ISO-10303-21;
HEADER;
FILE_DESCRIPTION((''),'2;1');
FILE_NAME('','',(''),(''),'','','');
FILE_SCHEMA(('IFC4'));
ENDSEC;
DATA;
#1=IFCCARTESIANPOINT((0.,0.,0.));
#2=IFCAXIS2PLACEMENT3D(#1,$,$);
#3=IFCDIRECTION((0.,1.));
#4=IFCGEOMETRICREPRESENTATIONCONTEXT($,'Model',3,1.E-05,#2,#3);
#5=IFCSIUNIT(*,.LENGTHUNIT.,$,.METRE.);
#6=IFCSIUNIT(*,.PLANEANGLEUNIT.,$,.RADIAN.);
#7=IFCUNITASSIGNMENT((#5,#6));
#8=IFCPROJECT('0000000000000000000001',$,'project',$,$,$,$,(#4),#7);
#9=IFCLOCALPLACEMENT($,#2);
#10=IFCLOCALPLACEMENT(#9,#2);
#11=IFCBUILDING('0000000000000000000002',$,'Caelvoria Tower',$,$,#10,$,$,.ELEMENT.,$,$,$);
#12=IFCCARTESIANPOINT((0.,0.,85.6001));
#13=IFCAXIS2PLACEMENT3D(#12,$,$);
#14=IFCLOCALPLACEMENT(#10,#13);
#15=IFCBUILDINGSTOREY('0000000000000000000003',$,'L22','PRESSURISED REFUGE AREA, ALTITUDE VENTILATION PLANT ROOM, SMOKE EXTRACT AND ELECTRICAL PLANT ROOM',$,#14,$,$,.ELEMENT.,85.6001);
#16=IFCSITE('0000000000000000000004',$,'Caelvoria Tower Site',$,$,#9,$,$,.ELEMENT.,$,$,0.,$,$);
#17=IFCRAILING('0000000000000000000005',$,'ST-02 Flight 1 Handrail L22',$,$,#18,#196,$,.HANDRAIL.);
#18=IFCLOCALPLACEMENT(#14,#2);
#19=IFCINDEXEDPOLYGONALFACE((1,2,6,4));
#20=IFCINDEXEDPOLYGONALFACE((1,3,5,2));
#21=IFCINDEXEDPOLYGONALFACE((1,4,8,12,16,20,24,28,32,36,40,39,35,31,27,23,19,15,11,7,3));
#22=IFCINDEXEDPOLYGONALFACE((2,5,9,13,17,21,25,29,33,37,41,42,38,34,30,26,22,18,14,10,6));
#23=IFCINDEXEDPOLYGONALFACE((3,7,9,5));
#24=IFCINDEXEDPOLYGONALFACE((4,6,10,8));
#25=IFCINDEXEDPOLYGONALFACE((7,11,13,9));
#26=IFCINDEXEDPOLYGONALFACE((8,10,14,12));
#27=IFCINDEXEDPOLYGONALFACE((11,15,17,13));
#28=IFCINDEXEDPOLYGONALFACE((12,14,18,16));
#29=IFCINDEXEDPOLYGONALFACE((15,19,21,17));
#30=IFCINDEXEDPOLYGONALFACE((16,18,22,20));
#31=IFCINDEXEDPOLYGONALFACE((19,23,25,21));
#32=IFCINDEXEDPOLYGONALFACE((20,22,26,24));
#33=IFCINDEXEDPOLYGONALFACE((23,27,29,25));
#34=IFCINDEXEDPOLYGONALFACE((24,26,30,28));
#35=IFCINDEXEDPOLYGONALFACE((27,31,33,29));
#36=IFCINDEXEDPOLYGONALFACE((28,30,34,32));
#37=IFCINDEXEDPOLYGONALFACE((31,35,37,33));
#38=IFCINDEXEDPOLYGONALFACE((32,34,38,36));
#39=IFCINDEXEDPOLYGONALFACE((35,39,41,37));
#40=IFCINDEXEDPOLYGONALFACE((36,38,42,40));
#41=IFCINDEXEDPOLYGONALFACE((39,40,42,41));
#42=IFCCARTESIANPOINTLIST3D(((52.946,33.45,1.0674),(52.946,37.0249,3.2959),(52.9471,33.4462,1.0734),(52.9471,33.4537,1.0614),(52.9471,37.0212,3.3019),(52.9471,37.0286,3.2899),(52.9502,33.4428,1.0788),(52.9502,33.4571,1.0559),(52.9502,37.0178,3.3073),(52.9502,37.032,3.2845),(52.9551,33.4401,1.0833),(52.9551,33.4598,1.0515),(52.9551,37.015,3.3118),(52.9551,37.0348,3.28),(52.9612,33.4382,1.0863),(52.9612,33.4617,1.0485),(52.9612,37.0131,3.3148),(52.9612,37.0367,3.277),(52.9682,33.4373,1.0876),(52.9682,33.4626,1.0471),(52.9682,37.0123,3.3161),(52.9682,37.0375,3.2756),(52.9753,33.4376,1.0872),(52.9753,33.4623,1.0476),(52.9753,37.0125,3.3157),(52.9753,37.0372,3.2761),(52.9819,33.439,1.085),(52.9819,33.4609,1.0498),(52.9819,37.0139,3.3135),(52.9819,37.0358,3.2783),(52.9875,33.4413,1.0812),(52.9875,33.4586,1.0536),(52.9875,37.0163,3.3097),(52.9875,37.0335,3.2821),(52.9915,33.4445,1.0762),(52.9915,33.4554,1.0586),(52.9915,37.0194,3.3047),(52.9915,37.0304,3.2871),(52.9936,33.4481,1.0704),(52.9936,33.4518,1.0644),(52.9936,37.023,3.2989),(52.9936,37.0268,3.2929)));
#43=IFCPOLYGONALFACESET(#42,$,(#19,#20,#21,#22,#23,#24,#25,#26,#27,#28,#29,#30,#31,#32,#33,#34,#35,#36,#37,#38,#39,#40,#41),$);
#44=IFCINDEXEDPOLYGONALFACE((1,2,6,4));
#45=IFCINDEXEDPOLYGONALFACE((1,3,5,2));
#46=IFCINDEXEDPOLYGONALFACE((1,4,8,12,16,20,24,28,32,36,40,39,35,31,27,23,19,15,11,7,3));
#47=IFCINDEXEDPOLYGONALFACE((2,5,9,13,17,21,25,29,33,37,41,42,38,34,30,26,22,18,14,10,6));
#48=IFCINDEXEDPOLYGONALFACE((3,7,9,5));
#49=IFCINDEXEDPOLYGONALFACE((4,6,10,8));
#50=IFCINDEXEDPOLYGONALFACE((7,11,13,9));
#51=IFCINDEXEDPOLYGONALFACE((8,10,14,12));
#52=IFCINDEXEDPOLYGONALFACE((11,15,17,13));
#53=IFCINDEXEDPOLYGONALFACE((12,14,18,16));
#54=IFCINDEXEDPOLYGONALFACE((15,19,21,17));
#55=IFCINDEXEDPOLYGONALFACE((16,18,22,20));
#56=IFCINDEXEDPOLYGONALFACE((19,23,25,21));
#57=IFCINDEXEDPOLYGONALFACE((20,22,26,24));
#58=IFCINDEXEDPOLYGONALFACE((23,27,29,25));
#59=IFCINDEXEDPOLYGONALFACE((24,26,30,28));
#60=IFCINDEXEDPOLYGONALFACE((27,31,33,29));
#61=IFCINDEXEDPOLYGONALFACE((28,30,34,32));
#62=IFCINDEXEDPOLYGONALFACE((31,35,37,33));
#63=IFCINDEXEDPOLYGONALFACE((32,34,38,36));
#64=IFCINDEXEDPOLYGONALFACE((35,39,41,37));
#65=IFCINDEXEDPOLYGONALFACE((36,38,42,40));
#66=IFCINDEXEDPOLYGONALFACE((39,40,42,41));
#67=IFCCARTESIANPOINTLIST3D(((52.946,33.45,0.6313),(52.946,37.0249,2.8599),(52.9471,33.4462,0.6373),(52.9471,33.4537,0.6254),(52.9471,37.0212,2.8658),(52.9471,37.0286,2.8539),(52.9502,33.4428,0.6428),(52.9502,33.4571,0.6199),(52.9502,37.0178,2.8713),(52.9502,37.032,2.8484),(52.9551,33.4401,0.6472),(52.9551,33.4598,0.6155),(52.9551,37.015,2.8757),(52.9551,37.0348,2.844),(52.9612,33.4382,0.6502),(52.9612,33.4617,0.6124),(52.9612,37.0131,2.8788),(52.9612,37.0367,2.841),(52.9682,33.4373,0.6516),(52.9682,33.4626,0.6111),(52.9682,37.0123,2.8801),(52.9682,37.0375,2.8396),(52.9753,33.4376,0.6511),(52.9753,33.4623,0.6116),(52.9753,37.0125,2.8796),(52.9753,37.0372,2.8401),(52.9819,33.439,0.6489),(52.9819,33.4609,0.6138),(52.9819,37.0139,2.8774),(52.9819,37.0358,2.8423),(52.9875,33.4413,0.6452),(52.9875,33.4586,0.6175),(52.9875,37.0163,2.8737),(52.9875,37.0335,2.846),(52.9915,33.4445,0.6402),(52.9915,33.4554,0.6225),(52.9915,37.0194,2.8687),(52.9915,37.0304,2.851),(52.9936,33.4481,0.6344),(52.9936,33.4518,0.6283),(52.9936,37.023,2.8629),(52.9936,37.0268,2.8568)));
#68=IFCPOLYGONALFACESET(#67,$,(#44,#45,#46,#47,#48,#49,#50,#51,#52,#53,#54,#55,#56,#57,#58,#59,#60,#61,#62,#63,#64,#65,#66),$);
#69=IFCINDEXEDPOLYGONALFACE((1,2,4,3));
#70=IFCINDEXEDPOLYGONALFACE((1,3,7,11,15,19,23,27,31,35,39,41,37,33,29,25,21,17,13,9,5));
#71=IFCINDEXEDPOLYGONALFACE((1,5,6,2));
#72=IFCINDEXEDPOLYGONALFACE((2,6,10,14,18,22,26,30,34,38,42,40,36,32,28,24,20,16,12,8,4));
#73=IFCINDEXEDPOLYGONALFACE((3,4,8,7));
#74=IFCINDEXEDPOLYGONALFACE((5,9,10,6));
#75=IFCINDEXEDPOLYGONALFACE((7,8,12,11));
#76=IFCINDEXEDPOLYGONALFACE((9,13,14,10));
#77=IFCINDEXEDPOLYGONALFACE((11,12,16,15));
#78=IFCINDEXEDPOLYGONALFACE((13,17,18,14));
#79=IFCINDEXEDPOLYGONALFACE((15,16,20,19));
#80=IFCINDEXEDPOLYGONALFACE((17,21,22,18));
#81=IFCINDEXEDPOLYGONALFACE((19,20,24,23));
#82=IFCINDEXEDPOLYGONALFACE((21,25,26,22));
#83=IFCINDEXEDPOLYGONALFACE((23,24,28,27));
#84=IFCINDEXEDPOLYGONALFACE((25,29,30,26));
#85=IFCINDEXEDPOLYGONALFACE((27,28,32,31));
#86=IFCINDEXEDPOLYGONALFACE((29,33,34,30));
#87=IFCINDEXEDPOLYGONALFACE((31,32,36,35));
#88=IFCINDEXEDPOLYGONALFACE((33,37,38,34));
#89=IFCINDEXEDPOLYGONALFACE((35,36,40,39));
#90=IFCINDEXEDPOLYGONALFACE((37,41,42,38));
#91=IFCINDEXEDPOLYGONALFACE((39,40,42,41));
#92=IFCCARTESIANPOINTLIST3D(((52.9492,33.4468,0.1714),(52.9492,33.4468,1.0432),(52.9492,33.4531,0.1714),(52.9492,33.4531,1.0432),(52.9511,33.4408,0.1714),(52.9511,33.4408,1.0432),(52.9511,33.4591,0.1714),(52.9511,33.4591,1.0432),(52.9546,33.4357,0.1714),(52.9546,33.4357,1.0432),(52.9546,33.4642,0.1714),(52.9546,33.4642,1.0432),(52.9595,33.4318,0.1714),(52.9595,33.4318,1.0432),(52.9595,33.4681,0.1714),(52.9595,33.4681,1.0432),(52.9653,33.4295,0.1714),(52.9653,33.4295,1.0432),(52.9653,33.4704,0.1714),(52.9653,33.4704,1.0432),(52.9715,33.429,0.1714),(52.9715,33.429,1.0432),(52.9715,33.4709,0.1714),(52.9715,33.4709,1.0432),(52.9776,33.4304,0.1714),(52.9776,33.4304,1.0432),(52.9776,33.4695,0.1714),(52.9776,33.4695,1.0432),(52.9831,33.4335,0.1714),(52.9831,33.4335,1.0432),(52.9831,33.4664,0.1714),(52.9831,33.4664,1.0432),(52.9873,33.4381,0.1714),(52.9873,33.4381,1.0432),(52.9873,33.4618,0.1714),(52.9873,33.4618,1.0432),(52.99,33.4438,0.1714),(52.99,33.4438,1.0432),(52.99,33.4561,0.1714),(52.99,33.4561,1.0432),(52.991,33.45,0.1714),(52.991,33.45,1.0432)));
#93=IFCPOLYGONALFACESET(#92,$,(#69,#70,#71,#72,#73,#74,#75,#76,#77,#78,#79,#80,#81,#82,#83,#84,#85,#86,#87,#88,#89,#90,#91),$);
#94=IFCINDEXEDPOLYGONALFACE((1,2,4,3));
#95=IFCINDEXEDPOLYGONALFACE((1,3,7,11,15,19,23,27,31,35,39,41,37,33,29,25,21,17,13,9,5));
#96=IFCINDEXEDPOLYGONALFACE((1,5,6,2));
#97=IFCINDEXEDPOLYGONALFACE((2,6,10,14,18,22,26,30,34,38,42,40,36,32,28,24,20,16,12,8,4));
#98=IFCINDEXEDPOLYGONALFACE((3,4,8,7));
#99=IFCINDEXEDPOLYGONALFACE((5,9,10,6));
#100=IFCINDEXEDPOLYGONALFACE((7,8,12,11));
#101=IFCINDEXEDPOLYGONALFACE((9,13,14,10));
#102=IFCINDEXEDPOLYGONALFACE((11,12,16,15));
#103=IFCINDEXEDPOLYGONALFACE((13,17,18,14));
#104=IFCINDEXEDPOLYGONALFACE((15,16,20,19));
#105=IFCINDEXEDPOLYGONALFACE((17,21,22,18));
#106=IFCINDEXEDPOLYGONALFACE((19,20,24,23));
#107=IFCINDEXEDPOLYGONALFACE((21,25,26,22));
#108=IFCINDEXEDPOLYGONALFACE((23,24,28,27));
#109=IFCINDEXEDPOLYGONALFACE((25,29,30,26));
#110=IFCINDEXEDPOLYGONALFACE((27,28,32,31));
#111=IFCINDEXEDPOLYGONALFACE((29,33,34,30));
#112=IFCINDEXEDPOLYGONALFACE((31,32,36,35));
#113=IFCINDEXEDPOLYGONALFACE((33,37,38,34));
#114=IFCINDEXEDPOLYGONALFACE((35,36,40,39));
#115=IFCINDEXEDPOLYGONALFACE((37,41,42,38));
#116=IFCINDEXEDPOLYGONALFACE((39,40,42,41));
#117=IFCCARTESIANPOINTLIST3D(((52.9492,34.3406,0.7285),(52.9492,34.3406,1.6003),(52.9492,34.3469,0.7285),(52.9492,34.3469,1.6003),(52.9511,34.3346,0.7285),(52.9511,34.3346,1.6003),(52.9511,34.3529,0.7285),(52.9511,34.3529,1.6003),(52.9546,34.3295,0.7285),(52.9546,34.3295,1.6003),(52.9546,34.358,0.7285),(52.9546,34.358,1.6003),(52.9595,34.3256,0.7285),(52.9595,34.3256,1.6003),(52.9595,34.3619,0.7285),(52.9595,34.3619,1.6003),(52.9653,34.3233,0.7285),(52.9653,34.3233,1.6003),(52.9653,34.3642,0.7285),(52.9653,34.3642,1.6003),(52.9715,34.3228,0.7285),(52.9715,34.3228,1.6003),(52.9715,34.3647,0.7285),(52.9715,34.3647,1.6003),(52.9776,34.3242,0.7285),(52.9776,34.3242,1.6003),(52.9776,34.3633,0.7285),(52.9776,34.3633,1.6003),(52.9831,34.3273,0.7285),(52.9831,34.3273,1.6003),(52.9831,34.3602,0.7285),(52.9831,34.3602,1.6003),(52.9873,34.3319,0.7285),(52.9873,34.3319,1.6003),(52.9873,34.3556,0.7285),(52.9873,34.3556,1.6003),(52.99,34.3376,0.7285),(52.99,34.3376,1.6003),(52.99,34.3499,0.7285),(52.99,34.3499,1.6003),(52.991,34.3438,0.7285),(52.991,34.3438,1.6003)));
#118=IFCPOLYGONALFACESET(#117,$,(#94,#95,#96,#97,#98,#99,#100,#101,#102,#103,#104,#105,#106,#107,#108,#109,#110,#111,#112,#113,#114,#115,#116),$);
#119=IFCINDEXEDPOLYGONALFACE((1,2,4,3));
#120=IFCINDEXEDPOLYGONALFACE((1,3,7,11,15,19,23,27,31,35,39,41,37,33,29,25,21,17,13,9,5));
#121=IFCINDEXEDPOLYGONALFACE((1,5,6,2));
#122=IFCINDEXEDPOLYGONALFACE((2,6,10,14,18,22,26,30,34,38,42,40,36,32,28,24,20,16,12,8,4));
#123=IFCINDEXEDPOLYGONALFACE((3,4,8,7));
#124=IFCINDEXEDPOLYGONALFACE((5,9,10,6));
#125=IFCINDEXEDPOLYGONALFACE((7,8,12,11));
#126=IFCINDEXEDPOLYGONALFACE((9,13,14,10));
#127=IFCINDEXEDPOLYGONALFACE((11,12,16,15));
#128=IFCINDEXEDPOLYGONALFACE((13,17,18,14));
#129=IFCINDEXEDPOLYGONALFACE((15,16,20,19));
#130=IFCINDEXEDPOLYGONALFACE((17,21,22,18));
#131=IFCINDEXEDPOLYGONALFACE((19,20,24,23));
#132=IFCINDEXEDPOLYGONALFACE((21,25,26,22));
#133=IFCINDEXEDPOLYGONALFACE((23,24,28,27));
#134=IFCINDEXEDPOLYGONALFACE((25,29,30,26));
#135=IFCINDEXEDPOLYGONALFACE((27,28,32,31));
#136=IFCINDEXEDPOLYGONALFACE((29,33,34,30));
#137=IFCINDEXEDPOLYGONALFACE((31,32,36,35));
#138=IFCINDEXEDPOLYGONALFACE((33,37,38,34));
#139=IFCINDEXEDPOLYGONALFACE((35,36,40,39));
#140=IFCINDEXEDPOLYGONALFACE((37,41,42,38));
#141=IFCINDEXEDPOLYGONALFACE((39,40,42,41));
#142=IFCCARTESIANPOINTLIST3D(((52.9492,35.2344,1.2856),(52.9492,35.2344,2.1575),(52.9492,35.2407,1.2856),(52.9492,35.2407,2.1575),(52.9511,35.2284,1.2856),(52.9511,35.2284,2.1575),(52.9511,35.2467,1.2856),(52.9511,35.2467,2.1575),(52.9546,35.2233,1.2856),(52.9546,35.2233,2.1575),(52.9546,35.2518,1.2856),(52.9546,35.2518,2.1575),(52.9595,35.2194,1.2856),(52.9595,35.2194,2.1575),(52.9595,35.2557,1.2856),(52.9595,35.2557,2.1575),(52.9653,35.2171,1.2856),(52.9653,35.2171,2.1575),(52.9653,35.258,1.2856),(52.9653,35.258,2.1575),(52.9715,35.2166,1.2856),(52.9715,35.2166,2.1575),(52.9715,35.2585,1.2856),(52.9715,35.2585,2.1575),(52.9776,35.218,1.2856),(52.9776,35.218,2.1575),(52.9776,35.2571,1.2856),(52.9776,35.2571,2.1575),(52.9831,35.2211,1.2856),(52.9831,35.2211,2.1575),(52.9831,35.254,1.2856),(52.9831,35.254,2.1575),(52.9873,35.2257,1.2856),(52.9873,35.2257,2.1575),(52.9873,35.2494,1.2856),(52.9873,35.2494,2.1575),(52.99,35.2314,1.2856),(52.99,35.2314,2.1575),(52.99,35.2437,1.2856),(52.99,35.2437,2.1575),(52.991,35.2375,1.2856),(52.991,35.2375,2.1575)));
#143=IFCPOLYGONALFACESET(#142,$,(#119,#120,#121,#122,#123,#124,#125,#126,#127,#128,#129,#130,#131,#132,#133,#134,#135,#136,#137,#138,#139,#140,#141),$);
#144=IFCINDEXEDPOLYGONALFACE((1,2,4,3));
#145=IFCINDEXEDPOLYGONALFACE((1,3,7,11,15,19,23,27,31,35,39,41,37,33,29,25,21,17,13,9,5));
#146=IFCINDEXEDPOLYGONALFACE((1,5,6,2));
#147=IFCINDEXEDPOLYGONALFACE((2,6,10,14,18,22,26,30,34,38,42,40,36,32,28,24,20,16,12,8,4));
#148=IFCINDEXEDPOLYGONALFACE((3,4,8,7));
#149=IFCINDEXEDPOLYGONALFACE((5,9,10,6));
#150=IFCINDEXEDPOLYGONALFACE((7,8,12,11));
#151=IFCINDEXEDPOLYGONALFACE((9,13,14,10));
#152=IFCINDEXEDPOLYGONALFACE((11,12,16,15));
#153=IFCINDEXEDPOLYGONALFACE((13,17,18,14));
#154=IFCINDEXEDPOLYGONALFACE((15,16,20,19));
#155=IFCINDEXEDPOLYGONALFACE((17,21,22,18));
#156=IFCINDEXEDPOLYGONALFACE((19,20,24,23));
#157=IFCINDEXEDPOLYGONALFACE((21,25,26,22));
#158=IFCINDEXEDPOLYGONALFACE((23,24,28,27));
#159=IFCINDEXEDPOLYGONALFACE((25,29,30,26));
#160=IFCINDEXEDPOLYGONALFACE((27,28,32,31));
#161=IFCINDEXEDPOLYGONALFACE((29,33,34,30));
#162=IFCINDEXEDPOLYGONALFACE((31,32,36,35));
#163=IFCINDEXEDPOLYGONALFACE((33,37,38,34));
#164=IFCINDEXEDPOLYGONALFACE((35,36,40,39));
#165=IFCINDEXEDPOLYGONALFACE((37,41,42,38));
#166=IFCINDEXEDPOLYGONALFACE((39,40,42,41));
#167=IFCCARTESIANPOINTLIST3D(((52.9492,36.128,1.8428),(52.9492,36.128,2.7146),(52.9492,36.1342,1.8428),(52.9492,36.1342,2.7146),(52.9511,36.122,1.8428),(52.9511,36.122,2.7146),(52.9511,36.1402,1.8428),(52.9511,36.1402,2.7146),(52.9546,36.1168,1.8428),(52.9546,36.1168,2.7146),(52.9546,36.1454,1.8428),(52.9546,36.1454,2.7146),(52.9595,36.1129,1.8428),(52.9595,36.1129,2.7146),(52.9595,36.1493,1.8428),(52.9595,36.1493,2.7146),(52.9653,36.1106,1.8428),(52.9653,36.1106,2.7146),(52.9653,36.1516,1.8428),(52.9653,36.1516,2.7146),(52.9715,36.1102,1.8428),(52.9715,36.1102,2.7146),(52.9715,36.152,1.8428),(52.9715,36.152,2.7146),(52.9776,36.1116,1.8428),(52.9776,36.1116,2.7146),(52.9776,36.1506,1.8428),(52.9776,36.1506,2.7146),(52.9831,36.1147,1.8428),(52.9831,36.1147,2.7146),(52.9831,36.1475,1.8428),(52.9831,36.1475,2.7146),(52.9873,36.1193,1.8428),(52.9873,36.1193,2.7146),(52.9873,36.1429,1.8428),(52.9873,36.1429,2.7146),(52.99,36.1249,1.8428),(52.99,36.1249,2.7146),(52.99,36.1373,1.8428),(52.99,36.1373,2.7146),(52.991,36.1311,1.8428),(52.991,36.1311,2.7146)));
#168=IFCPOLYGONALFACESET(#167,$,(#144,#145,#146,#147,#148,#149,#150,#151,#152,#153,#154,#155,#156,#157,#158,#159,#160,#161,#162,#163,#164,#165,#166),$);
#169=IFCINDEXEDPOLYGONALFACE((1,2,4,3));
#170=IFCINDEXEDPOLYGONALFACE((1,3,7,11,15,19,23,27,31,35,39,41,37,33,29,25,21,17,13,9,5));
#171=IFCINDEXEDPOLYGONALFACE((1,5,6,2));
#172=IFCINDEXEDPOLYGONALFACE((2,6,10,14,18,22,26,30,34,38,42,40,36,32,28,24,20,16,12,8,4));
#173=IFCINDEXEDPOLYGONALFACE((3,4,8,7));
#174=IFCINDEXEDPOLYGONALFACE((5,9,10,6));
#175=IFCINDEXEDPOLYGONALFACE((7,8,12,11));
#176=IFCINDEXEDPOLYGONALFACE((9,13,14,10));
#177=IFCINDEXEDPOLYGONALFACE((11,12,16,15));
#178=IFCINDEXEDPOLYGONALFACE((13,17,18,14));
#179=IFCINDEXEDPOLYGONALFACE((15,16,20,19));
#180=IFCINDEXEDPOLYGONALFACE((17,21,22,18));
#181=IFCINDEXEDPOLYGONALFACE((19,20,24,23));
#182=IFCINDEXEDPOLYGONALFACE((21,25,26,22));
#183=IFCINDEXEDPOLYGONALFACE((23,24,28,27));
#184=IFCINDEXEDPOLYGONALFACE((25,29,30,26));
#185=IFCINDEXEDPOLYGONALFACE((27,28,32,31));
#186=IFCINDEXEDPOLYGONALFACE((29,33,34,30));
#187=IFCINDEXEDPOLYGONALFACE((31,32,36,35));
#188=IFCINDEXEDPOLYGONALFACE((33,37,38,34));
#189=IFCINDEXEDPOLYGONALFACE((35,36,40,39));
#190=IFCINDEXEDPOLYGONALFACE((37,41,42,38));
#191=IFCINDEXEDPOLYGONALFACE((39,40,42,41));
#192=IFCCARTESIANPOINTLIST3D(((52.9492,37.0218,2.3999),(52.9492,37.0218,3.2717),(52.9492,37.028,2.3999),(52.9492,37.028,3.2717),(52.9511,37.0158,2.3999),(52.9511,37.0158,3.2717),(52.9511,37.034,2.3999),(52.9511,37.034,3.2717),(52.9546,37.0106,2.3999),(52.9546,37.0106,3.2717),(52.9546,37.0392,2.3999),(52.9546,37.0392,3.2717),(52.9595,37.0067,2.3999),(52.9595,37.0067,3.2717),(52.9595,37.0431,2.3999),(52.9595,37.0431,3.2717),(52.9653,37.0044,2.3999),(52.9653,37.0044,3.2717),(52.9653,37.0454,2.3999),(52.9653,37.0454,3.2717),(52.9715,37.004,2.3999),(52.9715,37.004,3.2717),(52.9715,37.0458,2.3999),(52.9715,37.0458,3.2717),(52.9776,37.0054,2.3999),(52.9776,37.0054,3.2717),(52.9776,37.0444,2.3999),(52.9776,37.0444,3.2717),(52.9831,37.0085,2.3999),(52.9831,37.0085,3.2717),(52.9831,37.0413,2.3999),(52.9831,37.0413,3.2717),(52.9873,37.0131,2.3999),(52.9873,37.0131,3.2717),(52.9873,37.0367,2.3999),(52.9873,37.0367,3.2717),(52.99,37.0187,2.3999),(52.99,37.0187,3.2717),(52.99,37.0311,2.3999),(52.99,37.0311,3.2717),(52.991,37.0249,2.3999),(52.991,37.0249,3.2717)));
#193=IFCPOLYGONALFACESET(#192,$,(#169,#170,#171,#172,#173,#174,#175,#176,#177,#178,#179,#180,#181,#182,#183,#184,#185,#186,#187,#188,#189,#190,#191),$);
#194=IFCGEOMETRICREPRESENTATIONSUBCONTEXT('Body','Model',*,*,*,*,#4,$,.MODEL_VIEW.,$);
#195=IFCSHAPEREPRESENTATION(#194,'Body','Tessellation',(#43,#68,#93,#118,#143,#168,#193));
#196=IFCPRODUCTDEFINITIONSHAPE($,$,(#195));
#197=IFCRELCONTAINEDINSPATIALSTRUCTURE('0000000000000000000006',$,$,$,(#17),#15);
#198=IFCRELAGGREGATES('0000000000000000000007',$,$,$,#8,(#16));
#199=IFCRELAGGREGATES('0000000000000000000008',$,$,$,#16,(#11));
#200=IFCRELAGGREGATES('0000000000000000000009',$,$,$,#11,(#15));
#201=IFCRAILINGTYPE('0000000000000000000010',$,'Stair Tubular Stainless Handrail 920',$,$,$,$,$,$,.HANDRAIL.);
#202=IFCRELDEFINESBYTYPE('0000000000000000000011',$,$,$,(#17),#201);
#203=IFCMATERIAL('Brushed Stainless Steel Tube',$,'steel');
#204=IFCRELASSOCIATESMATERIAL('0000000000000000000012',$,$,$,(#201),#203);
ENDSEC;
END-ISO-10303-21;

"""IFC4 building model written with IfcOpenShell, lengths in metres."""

from ifc_helpers import new_model, si_unit, direction, frame, origin, origin_2d, place, context, subcontext, project, spatial, circle, extrude, material, type_object, element, save


model = new_model("IFC4")

# Units and contexts
model_context = context("Model", 3, precision=1e-05, world=origin(), true_north=direction((0.0, 1.0)))
body_context = subcontext(model_context, "Body", "Model", "MODEL_VIEW")
ifc_project = project(units=[si_unit("LENGTHUNIT", "METRE"), si_unit("PLANEANGLEUNIT", "RADIAN")], contexts=[model_context])

# Site, building, storey
site_placement = place(None, origin())
site = spatial("IfcSite", under=ifc_project, at=site_placement, Name="Caelvoria Tower Site", CompositionType="ELEMENT", RefElevation=0.0)
building_placement = place(site_placement, origin())
building = spatial("IfcBuilding", under=site, at=building_placement, Name="Caelvoria Tower", CompositionType="ELEMENT")
storey_placement = place(building_placement, frame((0.0, 0.0, 85.6001)))
storey = spatial("IfcBuildingStorey", under=building, at=storey_placement, Name="L22", Description="PRESSURISED REFUGE AREA, ALTITUDE VENTILATION PLANT ROOM, SMOKE EXTRACT AND ELECTRICAL PLANT ROOM", CompositionType="ELEMENT", Elevation=85.6001)

# Railing
ifc_material_1 = material(Name="Brushed Stainless Steel Tube", Category="steel")
railing_type_1 = type_object("IfcRailingType", Name="Stair Tubular Stainless Handrail 920", PredefinedType="HANDRAIL", material=ifc_material_1)
railing_1_placement = place(storey_placement, frame((52.97, 33.45, 0.1714)))
element("IfcRailing", 1, at=railing_1_placement, inside=storey, type_object=railing_type_1, Name="ST-02 Flight 1 Handrail L22", PredefinedType="HANDRAIL", context=body_context, shape_type="SweptSolid", body=[
    extrude(circle(Radius=0.0239, at=origin_2d()), frame((0.0, 0.0, 0.896), z_axis=(0.0, 0.84862, 0.529004), x_axis=(-1.0, 0.0, 0.0)), (0.0, 0.0, 1.0), 4.2126),
    extrude(circle(Radius=0.0239, at=origin_2d()), frame((0.0, 0.0, 0.46), z_axis=(0.0, 0.84862, 0.529004), x_axis=(-1.0, 0.0, 0.0)), (0.0, 0.0, 1.0), 4.2126),
    extrude(circle(Radius=0.021, at=origin_2d()), origin(), (0.0, 0.0, 1.0), 0.8718),
    extrude(circle(Radius=0.021, at=origin_2d()), frame((0.0, 0.8938, 0.5571)), (0.0, 0.0, 1.0), 0.8718),
    extrude(circle(Radius=0.021, at=origin_2d()), frame((0.0, 1.7876, 1.1143)), (0.0, 0.0, 1.0), 0.8718),
    extrude(circle(Radius=0.021, at=origin_2d()), frame((0.0, 2.6812, 1.6714)), (0.0, 0.0, 1.0), 0.8718),
    extrude(circle(Radius=0.021, at=origin_2d()), frame((0.0, 3.575, 2.2285)), (0.0, 0.0, 1.0), 0.8718),
])

save(model, "model.ifc")
